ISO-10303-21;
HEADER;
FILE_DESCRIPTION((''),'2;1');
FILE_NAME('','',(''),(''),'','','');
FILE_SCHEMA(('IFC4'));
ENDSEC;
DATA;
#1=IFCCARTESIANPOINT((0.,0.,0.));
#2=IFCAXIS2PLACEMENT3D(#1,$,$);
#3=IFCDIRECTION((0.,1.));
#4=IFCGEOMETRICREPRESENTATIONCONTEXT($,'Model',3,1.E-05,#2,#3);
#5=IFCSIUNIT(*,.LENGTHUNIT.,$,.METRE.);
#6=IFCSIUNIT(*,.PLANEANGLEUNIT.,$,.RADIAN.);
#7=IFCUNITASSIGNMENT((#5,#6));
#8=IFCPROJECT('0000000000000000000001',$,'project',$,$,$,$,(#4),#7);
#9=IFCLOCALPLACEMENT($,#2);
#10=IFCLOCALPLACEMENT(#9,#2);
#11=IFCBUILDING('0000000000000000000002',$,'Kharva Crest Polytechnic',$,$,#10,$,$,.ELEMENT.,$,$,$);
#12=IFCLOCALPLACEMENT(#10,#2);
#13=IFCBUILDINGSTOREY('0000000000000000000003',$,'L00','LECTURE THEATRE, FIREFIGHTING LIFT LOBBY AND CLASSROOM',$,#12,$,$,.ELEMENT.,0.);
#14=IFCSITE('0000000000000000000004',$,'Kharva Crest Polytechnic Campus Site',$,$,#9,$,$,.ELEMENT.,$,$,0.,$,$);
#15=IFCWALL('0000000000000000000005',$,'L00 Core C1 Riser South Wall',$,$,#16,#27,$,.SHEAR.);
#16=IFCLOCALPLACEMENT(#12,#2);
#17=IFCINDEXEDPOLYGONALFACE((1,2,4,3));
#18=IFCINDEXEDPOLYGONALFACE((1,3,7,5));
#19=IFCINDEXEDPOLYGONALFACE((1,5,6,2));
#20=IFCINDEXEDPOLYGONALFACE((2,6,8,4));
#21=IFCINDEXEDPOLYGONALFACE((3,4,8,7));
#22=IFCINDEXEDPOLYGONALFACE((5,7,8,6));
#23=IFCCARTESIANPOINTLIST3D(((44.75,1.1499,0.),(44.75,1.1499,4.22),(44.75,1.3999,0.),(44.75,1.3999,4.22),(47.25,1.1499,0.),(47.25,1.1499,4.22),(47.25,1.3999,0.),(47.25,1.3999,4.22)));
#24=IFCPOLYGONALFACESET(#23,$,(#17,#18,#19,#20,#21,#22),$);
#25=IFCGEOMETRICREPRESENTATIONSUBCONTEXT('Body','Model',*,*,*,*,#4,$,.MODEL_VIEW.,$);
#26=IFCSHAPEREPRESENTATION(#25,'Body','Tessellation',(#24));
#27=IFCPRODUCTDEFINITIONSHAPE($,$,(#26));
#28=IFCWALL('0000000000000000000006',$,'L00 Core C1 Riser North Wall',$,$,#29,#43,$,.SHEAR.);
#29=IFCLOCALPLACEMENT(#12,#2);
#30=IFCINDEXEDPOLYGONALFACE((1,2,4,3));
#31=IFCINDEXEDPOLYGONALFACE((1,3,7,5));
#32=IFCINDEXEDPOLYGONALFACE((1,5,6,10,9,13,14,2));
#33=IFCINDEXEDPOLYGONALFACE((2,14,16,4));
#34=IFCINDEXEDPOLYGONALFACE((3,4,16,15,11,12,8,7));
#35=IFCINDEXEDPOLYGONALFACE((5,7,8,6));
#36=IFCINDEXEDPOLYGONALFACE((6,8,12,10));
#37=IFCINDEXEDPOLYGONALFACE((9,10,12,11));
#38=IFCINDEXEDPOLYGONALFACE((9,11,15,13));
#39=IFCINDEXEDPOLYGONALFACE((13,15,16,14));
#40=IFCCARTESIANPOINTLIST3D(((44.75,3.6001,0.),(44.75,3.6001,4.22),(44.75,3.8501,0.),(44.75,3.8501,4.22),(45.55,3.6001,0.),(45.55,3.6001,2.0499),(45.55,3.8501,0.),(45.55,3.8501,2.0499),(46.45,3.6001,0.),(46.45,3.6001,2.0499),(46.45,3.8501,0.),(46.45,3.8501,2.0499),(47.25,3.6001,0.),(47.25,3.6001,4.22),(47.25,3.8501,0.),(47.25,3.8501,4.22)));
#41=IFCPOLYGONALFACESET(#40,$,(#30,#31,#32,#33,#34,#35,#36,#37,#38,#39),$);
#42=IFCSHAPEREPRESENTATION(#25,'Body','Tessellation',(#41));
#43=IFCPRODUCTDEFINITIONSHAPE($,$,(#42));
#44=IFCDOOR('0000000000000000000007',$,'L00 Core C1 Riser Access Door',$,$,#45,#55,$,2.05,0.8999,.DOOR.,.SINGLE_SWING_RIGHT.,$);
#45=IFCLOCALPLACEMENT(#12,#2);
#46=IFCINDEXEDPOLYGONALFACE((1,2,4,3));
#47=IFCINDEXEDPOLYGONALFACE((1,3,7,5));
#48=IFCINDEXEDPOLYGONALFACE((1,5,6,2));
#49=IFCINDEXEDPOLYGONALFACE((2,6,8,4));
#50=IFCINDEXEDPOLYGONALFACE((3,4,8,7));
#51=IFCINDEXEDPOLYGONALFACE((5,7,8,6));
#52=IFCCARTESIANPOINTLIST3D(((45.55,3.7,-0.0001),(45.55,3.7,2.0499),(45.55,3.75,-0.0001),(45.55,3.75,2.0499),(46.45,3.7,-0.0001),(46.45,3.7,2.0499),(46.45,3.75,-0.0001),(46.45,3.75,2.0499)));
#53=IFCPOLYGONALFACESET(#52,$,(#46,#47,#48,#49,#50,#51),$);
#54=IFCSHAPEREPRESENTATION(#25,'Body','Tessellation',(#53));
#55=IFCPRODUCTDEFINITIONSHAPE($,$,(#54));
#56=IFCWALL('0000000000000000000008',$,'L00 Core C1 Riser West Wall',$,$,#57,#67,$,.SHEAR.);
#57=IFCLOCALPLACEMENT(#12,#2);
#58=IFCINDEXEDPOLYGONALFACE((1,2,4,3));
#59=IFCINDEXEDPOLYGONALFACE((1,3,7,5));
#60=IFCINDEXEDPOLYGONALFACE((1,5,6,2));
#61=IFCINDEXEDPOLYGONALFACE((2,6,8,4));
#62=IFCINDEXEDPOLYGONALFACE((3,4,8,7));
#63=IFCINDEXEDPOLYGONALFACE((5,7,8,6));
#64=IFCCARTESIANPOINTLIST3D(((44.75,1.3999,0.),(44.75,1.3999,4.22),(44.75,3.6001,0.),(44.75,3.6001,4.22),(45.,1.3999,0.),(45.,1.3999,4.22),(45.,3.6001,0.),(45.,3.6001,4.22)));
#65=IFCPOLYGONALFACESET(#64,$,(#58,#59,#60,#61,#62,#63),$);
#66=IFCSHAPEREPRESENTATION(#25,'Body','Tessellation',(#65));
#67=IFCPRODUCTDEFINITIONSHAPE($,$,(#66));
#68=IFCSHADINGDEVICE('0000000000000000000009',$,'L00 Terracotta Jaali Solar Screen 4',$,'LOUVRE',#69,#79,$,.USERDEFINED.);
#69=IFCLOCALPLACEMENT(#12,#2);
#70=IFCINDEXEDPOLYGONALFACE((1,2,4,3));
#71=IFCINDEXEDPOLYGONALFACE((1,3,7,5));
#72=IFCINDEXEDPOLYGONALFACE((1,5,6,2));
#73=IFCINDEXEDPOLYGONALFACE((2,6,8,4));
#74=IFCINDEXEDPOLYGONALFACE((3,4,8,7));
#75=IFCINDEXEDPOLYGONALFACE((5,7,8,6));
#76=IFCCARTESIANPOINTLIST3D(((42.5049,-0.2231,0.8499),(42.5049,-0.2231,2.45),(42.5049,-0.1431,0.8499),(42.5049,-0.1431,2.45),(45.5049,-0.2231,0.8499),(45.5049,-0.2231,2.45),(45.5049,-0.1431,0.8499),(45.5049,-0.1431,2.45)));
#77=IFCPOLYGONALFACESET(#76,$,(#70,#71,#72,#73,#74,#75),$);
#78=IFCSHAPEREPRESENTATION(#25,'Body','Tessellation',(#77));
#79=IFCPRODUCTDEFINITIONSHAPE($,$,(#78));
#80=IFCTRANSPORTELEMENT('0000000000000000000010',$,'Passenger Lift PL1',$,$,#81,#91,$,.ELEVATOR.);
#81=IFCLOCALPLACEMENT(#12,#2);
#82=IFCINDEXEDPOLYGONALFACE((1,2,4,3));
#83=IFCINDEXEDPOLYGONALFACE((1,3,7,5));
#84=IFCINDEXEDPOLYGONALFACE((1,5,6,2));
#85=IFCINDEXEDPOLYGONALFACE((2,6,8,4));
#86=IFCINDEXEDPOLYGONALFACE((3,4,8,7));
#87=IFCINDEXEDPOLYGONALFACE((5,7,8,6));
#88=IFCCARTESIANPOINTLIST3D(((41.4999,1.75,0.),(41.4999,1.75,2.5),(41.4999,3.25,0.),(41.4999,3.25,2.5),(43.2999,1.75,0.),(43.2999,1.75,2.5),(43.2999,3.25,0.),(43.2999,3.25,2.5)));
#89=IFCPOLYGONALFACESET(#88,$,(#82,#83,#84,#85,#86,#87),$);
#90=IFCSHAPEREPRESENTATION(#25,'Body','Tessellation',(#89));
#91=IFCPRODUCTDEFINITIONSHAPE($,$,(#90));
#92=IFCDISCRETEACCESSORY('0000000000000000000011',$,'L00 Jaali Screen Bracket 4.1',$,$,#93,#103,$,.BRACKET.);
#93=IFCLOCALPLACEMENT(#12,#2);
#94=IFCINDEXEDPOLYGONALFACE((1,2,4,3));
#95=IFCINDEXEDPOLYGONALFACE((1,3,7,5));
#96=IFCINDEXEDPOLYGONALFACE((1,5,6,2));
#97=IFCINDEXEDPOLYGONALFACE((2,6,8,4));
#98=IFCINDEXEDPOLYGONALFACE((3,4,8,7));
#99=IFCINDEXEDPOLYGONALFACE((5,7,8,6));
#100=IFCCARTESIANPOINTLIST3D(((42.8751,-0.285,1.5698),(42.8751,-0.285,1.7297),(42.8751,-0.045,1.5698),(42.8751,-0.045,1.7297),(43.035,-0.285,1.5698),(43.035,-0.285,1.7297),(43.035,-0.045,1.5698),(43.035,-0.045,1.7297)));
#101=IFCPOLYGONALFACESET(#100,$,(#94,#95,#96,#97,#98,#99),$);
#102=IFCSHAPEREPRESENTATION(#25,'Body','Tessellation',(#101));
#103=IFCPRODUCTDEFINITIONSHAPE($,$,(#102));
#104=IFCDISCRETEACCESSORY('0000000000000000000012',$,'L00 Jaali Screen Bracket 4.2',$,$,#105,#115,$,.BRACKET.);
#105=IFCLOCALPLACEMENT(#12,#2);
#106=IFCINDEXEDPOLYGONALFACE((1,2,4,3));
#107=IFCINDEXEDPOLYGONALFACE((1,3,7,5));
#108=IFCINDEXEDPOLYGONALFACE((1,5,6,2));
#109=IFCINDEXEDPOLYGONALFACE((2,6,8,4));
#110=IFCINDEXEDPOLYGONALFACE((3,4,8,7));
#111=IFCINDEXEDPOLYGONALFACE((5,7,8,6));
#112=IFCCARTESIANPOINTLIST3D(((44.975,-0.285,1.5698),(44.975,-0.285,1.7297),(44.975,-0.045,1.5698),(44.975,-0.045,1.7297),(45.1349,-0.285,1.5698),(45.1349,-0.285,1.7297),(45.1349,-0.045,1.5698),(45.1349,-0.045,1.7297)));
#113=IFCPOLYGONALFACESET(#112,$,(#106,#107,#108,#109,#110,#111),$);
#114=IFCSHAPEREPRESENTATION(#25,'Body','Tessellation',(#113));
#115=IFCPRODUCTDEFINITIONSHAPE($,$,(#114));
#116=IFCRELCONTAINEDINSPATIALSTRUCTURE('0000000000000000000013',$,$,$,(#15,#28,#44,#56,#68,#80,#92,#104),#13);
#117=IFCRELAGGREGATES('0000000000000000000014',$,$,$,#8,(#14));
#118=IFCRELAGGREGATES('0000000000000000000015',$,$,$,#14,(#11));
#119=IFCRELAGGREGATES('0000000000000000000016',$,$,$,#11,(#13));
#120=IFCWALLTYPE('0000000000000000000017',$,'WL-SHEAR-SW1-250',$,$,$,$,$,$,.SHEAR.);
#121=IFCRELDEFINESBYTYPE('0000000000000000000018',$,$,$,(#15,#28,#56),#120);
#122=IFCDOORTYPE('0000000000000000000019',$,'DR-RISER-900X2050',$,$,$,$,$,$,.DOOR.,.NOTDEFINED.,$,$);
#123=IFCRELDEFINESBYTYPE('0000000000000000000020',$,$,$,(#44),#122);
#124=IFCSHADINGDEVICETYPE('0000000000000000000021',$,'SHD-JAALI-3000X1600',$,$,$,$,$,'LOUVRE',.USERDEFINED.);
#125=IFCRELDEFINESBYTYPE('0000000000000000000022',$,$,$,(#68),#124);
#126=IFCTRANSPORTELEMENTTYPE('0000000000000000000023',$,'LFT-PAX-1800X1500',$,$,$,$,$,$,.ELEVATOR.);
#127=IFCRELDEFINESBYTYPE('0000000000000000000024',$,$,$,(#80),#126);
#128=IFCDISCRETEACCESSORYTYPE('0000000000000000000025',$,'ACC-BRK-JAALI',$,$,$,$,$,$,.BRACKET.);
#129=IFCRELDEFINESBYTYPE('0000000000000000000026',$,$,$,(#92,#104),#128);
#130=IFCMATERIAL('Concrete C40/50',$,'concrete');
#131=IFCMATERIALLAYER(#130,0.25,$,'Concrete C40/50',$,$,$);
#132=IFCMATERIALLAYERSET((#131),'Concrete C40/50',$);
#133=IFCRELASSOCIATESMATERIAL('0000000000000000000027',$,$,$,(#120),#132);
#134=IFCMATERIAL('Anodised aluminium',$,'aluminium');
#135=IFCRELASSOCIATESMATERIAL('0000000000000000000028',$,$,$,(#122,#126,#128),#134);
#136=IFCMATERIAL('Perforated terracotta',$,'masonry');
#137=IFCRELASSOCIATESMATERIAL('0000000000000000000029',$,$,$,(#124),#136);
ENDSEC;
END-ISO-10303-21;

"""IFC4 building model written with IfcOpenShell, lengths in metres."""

from ifc_helpers import new_model, si_unit, direction, frame, frame_2d, origin, origin_2d, place, context, subcontext, project, spatial, rectangle, extrude, material, layer, layer_set, type_object, element, fill, save


model = new_model("IFC4")

# Units and contexts
model_context = context("Model", 3, precision=1e-05, world=origin(), true_north=direction((0.0, 1.0)))
body_context = subcontext(model_context, "Body", "Model", "MODEL_VIEW")
ifc_project = project(units=[si_unit("LENGTHUNIT", "METRE"), si_unit("PLANEANGLEUNIT", "RADIAN")], contexts=[model_context])

# Site, building, storey
site_placement = place(None, origin())
site = spatial("IfcSite", under=ifc_project, at=site_placement, Name="Kharva Crest Polytechnic Campus Site", CompositionType="ELEMENT", RefElevation=0.0)
building_placement = place(site_placement, origin())
building = spatial("IfcBuilding", under=site, at=building_placement, Name="Kharva Crest Polytechnic", CompositionType="ELEMENT")
storey_placement = place(building_placement, origin())
storey = spatial("IfcBuildingStorey", under=building, at=storey_placement, Name="L00", Description="LECTURE THEATRE, FIREFIGHTING LIFT LOBBY AND CLASSROOM", CompositionType="ELEMENT", Elevation=0.0)

# Shared definitions
ifc_material_1 = material(Name="Concrete C40/50", Category="concrete")

# Shared definitions
ifc_material_2 = material(Name="Anodised aluminium", Category="aluminium")

# Shared definitions
ifc_layer_1 = layer(ifc_material_1, 0.25, Name="Concrete C40/50")
ifc_layer_set_1 = layer_set([ifc_layer_1], Name="Concrete C40/50")
wall_type_1 = type_object("IfcWallType", Name="WL-SHEAR-SW1-250", PredefinedType="SHEAR", material=ifc_layer_set_1)

# Wall
wall_1_placement = place(storey_placement, frame((44.75, 1.2749, 0.0), z_axis=(0.0, 0.0, 1.0), x_axis=(1.0, 0.0, 0.0)))
element("IfcWall", 1, at=wall_1_placement, inside=storey, type_object=wall_type_1, Name="L00 Core C1 Riser South Wall", PredefinedType="SHEAR", context=body_context, shape_type="SweptSolid", body=[
    extrude(rectangle(XDim=2.5, YDim=0.25, at=frame_2d((1.25, 0.0))), origin(), (0.0, 0.0, 1.0), 4.22),
])

# Wall, opening, door
wall_2_placement = place(storey_placement, frame((44.75, 3.7251, 0.0), z_axis=(0.0, 0.0, 1.0), x_axis=(1.0, 0.0, 0.0)))
wall_2 = element("IfcWall", 2, at=wall_2_placement, inside=storey, type_object=wall_type_1, Name="L00 Core C1 Riser North Wall", PredefinedType="SHEAR", context=body_context, shape_type="SweptSolid", body=[
    extrude(rectangle(XDim=2.5, YDim=0.25, at=frame_2d((1.25, 0.0))), origin(), (0.0, 0.0, 1.0), 4.22),
])
opening_1_placement = place(wall_2_placement, frame((0.8, 0.0, 0.0)))
opening_1 = element("IfcOpeningElement", 3, at=opening_1_placement, cuts=wall_2, PredefinedType="OPENING", context=body_context, shape_type="SweptSolid", body=[
    extrude(rectangle(XDim=0.8999, YDim=2.05, at=frame_2d((0.45, 1.0249))), frame((0.0, 0.135, 0.0), z_axis=(0.0, -1.0, 0.0), x_axis=(1.0, 0.0, 0.0)), (0.0, 0.0, 1.0), 0.27),
])
door_type_1 = type_object("IfcDoorType", Name="DR-RISER-900X2050", OperationType="NOTDEFINED", PredefinedType="DOOR", material=ifc_material_2)
door_1_placement = place(opening_1_placement, origin())
door_1 = element("IfcDoor", 4, at=door_1_placement, inside=storey, type_object=door_type_1, Name="L00 Core C1 Riser Access Door", OperationType="SINGLE_SWING_RIGHT", OverallHeight=2.05, OverallWidth=0.8999, PredefinedType="DOOR", context=body_context, shape_type="SweptSolid", body=[
    extrude(rectangle(XDim=0.8999, YDim=2.05, at=frame_2d((0.45, 1.0249))), frame((0.0, 0.0249, 0.0), z_axis=(0.0, -1.0, 0.0), x_axis=(1.0, 0.0, 0.0)), (0.0, 0.0, 1.0), 0.05),
])
fill(opening_1, door_1)

# Wall
wall_3_placement = place(storey_placement, frame((44.875, 1.3999, 0.0), z_axis=(0.0, 0.0, 1.0), x_axis=(0.0, 1.0, 0.0)))
element("IfcWall", 5, at=wall_3_placement, inside=storey, type_object=wall_type_1, Name="L00 Core C1 Riser West Wall", PredefinedType="SHEAR", context=body_context, shape_type="SweptSolid", body=[
    extrude(rectangle(XDim=2.2002, YDim=0.25, at=frame_2d((1.1001, 0.0))), origin(), (0.0, 0.0, 1.0), 4.22),
])

# Shading device
ifc_material_3 = material(Name="Perforated terracotta", Category="masonry")
shading_device_type = type_object("IfcShadingDeviceType", Name="SHD-JAALI-3000X1600", ElementType="LOUVRE", PredefinedType="USERDEFINED", material=ifc_material_3)
shading_device_placement = place(storey_placement, frame((44.0049, -0.1831, 0.8499), z_axis=(0.0, 0.0, 1.0), x_axis=(1.0, 0.0, 0.0)))
element("IfcShadingDevice", 6, at=shading_device_placement, inside=storey, type_object=shading_device_type, Name="L00 Terracotta Jaali Solar Screen 4", ObjectType="LOUVRE", PredefinedType="USERDEFINED", context=body_context, shape_type="SweptSolid", body=[
    extrude(rectangle(XDim=3.0, YDim=0.0801, at=origin_2d()), origin(), (0.0, 0.0, 1.0), 1.6001),
])

# Transport element
transport_element_type = type_object("IfcTransportElementType", Name="LFT-PAX-1800X1500", PredefinedType="ELEVATOR", material=ifc_material_2)
transport_element_placement = place(storey_placement, frame((42.3999, 2.5, 0.0), z_axis=(0.0, 0.0, 1.0), x_axis=(1.0, 0.0, 0.0)))
element("IfcTransportElement", 7, at=transport_element_placement, inside=storey, type_object=transport_element_type, Name="Passenger Lift PL1", PredefinedType="ELEVATOR", context=body_context, shape_type="SweptSolid", body=[
    extrude(rectangle(XDim=1.8, YDim=1.5, at=origin_2d()), origin(), (0.0, 0.0, 1.0), 2.5),
])

# Discrete accessories
discrete_accessory_type = type_object("IfcDiscreteAccessoryType", Name="ACC-BRK-JAALI", PredefinedType="BRACKET", material=ifc_material_2)
for number, where, z_axis, x_axis, name in (
    (8, (42.9551, -0.165, 1.5698), (0.0, 0.0, 1.0), (1.0, 0.0, 0.0), "L00 Jaali Screen Bracket 4.1"),
    (9, (45.0549, -0.165, 1.5698), (0.0, 0.0, 1.0), (1.0, 0.0, 0.0), "L00 Jaali Screen Bracket 4.2"),
):
    element("IfcDiscreteAccessory", number, at=place(storey_placement, frame(where, z_axis=z_axis, x_axis=x_axis)), inside=storey, type_object=discrete_accessory_type, Name=name, PredefinedType="BRACKET", context=body_context, shape_type="SweptSolid", body=[
        extrude(rectangle(XDim=0.1599, YDim=0.24, at=origin_2d()), origin(), (0.0, 0.0, 1.0), 0.1599),
    ])

save(model, "model.ifc")
